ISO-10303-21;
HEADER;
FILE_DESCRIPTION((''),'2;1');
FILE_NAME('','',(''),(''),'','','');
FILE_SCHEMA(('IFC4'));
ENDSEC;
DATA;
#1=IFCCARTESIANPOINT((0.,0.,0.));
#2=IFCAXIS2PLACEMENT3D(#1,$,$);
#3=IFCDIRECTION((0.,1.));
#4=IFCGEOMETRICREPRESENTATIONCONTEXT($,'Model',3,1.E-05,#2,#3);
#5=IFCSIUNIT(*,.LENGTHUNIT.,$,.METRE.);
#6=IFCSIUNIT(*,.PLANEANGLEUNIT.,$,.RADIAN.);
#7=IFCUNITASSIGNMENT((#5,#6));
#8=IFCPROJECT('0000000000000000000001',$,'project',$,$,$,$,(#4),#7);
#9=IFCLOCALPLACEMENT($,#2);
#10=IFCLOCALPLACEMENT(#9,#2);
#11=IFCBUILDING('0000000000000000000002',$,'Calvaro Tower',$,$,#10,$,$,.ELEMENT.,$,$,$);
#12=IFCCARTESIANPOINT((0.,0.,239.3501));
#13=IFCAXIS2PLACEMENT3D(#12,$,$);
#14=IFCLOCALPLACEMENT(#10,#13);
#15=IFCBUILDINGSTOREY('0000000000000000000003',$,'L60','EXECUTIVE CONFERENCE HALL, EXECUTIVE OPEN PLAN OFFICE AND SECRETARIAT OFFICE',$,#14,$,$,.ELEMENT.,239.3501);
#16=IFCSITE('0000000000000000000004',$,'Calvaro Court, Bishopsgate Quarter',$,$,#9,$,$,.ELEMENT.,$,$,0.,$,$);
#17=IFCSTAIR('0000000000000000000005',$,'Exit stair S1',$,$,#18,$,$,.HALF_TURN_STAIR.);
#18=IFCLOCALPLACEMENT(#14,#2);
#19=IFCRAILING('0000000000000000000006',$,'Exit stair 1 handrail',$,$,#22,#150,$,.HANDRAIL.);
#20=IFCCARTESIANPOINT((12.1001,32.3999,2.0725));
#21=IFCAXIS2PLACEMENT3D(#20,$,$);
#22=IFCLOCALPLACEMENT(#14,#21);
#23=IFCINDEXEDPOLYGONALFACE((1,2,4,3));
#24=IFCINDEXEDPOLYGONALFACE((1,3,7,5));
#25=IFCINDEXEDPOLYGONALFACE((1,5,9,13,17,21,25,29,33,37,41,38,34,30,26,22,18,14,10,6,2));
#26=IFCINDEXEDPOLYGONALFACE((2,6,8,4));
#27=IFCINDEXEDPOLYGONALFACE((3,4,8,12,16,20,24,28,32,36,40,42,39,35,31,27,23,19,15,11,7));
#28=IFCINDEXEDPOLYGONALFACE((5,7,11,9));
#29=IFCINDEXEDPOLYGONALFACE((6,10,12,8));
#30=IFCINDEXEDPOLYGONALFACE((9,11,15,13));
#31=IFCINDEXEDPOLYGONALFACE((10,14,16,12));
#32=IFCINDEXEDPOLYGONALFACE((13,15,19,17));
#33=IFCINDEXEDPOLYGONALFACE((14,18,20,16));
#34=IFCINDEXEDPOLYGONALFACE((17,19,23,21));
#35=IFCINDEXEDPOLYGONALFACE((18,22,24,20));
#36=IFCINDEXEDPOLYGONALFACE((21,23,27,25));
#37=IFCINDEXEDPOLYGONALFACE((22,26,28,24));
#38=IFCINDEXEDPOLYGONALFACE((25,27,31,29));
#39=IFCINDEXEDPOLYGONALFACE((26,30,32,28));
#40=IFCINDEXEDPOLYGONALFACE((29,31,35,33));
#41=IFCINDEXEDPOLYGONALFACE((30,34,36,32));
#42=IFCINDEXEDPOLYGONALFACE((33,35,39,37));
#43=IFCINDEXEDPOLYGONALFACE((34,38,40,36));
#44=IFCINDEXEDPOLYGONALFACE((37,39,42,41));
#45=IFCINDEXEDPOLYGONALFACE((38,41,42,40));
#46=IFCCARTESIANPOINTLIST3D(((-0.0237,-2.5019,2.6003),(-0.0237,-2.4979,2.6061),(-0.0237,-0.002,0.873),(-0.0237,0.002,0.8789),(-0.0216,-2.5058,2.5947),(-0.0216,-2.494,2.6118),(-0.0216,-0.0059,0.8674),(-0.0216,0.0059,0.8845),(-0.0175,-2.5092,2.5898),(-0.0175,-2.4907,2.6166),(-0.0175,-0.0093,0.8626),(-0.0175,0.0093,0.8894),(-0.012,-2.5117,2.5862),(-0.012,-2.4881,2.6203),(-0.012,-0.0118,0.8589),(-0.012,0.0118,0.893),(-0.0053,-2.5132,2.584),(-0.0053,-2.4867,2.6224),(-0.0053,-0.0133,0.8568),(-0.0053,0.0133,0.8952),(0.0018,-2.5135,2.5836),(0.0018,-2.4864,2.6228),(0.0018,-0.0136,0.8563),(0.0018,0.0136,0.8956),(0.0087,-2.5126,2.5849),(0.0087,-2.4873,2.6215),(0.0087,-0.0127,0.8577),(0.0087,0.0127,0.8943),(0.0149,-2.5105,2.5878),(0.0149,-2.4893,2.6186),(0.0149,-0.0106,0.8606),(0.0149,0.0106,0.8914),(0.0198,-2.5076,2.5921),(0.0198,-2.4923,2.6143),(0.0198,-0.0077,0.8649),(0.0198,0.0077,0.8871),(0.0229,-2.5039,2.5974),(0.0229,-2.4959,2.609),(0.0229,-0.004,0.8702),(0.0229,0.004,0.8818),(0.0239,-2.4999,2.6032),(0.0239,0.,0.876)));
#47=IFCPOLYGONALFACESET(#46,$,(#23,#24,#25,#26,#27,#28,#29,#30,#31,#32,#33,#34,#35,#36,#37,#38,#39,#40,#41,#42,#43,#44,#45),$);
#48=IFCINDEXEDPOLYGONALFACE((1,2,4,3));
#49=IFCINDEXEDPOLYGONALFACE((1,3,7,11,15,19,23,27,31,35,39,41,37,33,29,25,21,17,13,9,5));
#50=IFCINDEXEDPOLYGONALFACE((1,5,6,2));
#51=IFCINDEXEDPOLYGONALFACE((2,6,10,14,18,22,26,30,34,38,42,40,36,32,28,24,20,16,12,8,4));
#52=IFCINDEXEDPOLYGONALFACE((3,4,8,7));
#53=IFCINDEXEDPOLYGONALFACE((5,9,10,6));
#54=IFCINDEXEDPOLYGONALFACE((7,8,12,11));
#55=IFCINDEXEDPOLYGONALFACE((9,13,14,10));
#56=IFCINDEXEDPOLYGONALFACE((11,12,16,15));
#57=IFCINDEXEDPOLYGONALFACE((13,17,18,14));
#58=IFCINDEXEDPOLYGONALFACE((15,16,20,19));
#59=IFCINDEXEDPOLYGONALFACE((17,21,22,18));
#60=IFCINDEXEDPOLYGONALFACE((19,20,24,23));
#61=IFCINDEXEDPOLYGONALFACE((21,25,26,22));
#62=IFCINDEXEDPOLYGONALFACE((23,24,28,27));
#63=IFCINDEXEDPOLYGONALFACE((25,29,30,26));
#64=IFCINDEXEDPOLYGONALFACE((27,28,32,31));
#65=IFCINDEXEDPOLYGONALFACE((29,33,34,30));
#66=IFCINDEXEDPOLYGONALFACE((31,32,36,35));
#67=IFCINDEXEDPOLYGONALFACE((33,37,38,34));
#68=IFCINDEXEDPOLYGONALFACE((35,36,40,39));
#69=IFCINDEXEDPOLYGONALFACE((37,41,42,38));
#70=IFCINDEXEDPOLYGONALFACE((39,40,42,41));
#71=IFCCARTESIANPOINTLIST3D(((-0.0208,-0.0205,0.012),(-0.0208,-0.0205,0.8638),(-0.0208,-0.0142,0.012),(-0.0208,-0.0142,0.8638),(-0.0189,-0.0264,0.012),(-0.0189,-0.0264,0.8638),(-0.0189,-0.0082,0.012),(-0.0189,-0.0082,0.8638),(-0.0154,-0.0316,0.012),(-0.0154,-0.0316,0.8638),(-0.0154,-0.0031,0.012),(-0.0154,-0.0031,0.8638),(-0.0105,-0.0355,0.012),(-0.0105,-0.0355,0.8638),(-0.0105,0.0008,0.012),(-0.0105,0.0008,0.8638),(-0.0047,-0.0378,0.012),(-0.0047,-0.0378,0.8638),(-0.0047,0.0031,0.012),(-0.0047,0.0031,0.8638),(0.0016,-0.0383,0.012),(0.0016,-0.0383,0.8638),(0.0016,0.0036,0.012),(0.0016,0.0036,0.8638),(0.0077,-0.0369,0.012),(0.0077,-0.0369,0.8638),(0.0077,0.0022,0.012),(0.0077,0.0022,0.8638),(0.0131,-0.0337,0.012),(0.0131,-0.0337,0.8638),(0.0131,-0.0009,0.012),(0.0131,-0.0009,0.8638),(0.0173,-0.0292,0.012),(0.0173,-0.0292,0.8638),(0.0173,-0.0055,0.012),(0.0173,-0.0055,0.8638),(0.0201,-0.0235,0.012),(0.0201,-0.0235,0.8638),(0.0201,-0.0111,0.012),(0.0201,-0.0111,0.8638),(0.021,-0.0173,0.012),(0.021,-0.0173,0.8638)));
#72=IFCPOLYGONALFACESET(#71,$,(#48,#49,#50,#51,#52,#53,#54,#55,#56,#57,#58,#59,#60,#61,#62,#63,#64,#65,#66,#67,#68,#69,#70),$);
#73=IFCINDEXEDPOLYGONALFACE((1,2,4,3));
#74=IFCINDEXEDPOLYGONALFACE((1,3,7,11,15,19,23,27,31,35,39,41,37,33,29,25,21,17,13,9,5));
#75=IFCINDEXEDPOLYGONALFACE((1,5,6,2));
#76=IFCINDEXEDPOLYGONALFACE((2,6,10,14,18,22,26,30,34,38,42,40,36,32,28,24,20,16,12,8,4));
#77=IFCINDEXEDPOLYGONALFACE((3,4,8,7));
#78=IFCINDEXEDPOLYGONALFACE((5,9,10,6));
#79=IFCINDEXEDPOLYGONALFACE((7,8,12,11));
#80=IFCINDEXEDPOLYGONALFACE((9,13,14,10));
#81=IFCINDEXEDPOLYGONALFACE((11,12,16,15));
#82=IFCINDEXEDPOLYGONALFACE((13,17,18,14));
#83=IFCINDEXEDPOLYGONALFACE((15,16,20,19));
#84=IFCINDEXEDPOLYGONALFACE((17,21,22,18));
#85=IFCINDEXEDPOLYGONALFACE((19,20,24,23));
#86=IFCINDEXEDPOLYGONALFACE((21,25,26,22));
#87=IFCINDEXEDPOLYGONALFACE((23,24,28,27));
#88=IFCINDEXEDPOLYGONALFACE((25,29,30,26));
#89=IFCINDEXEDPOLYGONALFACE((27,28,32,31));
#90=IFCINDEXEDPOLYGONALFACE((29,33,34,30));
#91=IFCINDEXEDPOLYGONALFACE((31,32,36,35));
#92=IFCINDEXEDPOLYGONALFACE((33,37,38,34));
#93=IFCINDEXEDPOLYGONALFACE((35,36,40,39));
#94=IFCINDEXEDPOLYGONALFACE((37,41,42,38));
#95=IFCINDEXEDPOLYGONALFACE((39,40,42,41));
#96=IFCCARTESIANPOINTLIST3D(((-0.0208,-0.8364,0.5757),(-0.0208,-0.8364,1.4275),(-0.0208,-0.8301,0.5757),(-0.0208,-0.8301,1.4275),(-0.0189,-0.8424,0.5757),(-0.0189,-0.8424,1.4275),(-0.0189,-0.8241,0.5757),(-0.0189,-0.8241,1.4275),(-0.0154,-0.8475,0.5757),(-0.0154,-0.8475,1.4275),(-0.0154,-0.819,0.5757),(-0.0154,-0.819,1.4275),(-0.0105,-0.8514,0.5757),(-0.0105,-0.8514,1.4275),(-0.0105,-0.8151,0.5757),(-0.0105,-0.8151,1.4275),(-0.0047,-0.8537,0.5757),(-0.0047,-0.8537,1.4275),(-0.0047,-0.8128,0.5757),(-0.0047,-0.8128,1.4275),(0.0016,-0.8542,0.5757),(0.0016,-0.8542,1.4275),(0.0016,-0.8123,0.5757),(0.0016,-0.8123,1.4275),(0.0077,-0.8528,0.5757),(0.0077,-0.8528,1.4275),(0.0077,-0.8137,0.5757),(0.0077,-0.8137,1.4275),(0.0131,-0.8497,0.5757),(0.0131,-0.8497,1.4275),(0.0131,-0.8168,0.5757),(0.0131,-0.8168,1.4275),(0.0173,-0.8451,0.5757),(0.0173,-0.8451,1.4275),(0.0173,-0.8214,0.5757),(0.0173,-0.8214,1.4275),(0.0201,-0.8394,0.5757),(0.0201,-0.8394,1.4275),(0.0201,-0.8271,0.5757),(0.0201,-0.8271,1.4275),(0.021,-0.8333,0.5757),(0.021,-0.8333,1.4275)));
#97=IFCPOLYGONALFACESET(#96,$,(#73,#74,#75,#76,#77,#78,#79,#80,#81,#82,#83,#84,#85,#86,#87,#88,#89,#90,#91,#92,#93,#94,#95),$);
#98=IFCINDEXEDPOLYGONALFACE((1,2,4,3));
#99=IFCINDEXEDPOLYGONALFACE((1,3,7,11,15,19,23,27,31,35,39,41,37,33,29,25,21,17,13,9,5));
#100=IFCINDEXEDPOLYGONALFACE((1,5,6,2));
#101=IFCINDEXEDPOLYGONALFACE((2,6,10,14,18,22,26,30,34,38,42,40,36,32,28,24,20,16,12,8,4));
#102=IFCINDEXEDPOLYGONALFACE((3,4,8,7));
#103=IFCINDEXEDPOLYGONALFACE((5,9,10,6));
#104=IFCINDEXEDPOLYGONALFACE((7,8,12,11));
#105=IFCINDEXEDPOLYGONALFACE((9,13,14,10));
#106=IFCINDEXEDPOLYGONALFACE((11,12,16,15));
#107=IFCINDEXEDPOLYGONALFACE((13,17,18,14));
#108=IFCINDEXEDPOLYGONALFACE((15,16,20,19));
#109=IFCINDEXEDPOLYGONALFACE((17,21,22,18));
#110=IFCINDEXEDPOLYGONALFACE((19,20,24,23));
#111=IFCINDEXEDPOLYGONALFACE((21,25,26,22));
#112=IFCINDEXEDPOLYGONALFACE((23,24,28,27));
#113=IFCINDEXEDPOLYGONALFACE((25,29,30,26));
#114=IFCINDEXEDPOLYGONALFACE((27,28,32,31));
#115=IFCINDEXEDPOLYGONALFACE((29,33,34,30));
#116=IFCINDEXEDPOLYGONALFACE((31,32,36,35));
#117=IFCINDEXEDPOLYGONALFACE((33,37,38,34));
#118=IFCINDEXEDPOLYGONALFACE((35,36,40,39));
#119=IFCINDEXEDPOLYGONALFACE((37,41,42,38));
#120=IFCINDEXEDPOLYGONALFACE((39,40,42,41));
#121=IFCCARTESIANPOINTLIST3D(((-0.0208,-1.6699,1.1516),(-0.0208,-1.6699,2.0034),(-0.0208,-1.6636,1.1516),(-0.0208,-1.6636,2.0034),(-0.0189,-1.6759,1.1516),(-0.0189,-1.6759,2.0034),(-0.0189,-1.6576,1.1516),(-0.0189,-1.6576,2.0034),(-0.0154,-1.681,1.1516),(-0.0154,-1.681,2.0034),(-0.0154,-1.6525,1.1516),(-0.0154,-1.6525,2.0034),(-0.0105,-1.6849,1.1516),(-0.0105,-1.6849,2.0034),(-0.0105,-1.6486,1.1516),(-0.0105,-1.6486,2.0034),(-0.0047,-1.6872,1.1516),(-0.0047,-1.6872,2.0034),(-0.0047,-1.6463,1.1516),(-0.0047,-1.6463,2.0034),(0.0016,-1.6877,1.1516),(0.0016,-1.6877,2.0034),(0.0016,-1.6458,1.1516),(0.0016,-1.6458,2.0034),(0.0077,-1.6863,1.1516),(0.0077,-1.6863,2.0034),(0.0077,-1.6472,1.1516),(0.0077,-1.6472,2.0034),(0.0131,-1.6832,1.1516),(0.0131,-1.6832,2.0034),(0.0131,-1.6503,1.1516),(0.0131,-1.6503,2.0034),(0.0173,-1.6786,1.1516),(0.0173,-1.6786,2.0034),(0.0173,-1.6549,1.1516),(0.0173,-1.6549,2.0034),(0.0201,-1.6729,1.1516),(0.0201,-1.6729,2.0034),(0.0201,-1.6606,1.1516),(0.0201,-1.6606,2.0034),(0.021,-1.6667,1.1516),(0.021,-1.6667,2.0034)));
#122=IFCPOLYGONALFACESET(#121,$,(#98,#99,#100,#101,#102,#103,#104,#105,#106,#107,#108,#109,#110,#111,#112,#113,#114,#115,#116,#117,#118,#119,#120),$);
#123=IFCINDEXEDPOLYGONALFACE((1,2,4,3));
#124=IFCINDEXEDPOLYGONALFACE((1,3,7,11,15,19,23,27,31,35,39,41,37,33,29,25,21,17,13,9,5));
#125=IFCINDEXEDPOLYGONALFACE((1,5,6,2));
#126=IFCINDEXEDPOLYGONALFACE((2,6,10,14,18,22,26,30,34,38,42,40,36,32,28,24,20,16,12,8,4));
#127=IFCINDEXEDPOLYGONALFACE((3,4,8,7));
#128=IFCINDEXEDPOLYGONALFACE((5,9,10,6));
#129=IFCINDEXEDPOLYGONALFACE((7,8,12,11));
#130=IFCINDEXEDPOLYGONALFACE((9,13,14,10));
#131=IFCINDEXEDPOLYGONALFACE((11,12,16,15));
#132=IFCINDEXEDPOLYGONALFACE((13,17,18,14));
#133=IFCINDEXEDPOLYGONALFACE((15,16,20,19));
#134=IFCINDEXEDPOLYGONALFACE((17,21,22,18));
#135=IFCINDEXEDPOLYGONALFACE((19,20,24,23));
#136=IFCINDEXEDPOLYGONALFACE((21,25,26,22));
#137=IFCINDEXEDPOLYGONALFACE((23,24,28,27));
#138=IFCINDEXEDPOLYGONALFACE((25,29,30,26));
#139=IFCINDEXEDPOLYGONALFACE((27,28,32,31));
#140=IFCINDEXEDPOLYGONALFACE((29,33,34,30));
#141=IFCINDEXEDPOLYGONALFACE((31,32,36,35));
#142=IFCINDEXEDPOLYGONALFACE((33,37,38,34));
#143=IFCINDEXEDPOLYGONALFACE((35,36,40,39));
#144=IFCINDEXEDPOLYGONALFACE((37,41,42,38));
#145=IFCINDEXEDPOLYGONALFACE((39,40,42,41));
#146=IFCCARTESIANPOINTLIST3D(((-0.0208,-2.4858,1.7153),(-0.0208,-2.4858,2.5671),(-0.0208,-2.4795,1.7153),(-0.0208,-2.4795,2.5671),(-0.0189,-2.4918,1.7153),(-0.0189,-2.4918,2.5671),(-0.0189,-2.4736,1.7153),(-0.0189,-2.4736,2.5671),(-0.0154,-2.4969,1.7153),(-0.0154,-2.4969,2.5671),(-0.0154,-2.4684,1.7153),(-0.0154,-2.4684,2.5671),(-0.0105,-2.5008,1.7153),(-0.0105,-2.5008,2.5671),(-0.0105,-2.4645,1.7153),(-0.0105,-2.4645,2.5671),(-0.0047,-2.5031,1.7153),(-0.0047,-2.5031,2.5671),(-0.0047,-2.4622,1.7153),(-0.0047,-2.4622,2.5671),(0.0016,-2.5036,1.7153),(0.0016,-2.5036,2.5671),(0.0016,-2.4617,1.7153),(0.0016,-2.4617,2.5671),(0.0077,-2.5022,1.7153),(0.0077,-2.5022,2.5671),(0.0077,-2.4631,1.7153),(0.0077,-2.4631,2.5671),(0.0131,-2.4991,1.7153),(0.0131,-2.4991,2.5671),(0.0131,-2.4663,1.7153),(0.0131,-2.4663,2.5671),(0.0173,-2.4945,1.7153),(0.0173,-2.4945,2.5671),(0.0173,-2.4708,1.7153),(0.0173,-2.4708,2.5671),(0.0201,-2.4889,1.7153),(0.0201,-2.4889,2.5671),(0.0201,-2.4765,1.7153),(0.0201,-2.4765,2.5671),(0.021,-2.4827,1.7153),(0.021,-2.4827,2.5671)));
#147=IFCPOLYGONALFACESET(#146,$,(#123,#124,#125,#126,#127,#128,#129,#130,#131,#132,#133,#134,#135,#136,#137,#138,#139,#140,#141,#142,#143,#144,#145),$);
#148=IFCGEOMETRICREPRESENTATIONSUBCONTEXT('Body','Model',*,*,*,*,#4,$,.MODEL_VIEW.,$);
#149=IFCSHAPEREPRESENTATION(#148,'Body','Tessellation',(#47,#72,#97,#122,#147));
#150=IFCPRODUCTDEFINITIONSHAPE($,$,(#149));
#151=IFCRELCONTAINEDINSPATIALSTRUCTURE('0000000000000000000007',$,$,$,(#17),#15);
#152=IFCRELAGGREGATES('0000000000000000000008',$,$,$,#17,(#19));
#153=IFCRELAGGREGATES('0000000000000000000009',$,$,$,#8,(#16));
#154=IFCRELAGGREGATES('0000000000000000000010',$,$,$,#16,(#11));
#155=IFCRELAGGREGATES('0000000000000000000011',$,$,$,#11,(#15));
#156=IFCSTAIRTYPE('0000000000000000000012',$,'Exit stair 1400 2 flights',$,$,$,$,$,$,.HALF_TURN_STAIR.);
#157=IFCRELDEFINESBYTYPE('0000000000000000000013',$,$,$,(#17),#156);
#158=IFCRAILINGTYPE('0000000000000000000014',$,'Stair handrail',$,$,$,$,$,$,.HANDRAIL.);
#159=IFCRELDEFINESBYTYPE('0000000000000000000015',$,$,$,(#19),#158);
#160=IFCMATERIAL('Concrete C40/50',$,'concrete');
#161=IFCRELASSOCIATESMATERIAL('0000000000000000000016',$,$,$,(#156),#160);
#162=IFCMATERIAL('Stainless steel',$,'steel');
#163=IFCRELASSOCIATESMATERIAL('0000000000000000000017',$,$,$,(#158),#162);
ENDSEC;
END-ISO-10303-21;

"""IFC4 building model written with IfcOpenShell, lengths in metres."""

from ifc_helpers import new_model, si_unit, direction, frame, origin, origin_2d, place, context, subcontext, project, spatial, circle, extrude, material, type_object, element, aggregate, save


model = new_model("IFC4")

# Units and contexts
model_context = context("Model", 3, precision=1e-05, world=origin(), true_north=direction((0.0, 1.0)))
body_context = subcontext(model_context, "Body", "Model", "MODEL_VIEW")
ifc_project = project(units=[si_unit("LENGTHUNIT", "METRE"), si_unit("PLANEANGLEUNIT", "RADIAN")], contexts=[model_context])

# Site, building, storey
site_placement = place(None, origin())
site = spatial("IfcSite", under=ifc_project, at=site_placement, Name="Calvaro Court, Bishopsgate Quarter", CompositionType="ELEMENT", RefElevation=0.0)
building_placement = place(site_placement, origin())
building = spatial("IfcBuilding", under=site, at=building_placement, Name="Calvaro Tower", CompositionType="ELEMENT")
storey_placement = place(building_placement, frame((0.0, 0.0, 239.3501)))
storey = spatial("IfcBuildingStorey", under=building, at=storey_placement, Name="L60", Description="EXECUTIVE CONFERENCE HALL, EXECUTIVE OPEN PLAN OFFICE AND SECRETARIAT OFFICE", CompositionType="ELEMENT", Elevation=239.3501)

# Stair, railing
ifc_material_1 = material(Name="Concrete C40/50", Category="concrete")
stair_type = type_object("IfcStairType", Name="Exit stair 1400 2 flights", PredefinedType="HALF_TURN_STAIR", material=ifc_material_1)
stair_placement = place(storey_placement, origin())
stair = element("IfcStair", 1, at=stair_placement, inside=storey, type_object=stair_type, Name="Exit stair S1", PredefinedType="HALF_TURN_STAIR")
ifc_material_2 = material(Name="Stainless steel", Category="steel")
railing_type = type_object("IfcRailingType", Name="Stair handrail", PredefinedType="HANDRAIL", material=ifc_material_2)
railing_placement = place(storey_placement, frame((12.1001, 32.3999, 2.0725)))
railing = element("IfcRailing", 2, at=railing_placement, type_object=railing_type, Name="Exit stair 1 handrail", PredefinedType="HANDRAIL", context=body_context, shape_type="SweptSolid", body=[
    extrude(circle(Radius=0.0239, at=origin_2d()), frame((0.0, 0.0, 0.876), z_axis=(0.0, -0.822727, 0.568437), x_axis=(1.0, 0.0, 0.0)), (0.0, 0.0, 1.0), 3.0386),
    extrude(circle(Radius=0.021, at=origin_2d()), frame((0.0, -0.0173, 0.012)), (0.0, 0.0, 1.0), 0.8518),
    extrude(circle(Radius=0.021, at=origin_2d()), frame((0.0, -0.8333, 0.5757)), (0.0, 0.0, 1.0), 0.8518),
    extrude(circle(Radius=0.021, at=origin_2d()), frame((0.0, -1.6667, 1.1516)), (0.0, 0.0, 1.0), 0.8518),
    extrude(circle(Radius=0.021, at=origin_2d()), frame((0.0, -2.4827, 1.7153)), (0.0, 0.0, 1.0), 0.8518),
])
aggregate(stair, [railing])

save(model, "model.ifc")
